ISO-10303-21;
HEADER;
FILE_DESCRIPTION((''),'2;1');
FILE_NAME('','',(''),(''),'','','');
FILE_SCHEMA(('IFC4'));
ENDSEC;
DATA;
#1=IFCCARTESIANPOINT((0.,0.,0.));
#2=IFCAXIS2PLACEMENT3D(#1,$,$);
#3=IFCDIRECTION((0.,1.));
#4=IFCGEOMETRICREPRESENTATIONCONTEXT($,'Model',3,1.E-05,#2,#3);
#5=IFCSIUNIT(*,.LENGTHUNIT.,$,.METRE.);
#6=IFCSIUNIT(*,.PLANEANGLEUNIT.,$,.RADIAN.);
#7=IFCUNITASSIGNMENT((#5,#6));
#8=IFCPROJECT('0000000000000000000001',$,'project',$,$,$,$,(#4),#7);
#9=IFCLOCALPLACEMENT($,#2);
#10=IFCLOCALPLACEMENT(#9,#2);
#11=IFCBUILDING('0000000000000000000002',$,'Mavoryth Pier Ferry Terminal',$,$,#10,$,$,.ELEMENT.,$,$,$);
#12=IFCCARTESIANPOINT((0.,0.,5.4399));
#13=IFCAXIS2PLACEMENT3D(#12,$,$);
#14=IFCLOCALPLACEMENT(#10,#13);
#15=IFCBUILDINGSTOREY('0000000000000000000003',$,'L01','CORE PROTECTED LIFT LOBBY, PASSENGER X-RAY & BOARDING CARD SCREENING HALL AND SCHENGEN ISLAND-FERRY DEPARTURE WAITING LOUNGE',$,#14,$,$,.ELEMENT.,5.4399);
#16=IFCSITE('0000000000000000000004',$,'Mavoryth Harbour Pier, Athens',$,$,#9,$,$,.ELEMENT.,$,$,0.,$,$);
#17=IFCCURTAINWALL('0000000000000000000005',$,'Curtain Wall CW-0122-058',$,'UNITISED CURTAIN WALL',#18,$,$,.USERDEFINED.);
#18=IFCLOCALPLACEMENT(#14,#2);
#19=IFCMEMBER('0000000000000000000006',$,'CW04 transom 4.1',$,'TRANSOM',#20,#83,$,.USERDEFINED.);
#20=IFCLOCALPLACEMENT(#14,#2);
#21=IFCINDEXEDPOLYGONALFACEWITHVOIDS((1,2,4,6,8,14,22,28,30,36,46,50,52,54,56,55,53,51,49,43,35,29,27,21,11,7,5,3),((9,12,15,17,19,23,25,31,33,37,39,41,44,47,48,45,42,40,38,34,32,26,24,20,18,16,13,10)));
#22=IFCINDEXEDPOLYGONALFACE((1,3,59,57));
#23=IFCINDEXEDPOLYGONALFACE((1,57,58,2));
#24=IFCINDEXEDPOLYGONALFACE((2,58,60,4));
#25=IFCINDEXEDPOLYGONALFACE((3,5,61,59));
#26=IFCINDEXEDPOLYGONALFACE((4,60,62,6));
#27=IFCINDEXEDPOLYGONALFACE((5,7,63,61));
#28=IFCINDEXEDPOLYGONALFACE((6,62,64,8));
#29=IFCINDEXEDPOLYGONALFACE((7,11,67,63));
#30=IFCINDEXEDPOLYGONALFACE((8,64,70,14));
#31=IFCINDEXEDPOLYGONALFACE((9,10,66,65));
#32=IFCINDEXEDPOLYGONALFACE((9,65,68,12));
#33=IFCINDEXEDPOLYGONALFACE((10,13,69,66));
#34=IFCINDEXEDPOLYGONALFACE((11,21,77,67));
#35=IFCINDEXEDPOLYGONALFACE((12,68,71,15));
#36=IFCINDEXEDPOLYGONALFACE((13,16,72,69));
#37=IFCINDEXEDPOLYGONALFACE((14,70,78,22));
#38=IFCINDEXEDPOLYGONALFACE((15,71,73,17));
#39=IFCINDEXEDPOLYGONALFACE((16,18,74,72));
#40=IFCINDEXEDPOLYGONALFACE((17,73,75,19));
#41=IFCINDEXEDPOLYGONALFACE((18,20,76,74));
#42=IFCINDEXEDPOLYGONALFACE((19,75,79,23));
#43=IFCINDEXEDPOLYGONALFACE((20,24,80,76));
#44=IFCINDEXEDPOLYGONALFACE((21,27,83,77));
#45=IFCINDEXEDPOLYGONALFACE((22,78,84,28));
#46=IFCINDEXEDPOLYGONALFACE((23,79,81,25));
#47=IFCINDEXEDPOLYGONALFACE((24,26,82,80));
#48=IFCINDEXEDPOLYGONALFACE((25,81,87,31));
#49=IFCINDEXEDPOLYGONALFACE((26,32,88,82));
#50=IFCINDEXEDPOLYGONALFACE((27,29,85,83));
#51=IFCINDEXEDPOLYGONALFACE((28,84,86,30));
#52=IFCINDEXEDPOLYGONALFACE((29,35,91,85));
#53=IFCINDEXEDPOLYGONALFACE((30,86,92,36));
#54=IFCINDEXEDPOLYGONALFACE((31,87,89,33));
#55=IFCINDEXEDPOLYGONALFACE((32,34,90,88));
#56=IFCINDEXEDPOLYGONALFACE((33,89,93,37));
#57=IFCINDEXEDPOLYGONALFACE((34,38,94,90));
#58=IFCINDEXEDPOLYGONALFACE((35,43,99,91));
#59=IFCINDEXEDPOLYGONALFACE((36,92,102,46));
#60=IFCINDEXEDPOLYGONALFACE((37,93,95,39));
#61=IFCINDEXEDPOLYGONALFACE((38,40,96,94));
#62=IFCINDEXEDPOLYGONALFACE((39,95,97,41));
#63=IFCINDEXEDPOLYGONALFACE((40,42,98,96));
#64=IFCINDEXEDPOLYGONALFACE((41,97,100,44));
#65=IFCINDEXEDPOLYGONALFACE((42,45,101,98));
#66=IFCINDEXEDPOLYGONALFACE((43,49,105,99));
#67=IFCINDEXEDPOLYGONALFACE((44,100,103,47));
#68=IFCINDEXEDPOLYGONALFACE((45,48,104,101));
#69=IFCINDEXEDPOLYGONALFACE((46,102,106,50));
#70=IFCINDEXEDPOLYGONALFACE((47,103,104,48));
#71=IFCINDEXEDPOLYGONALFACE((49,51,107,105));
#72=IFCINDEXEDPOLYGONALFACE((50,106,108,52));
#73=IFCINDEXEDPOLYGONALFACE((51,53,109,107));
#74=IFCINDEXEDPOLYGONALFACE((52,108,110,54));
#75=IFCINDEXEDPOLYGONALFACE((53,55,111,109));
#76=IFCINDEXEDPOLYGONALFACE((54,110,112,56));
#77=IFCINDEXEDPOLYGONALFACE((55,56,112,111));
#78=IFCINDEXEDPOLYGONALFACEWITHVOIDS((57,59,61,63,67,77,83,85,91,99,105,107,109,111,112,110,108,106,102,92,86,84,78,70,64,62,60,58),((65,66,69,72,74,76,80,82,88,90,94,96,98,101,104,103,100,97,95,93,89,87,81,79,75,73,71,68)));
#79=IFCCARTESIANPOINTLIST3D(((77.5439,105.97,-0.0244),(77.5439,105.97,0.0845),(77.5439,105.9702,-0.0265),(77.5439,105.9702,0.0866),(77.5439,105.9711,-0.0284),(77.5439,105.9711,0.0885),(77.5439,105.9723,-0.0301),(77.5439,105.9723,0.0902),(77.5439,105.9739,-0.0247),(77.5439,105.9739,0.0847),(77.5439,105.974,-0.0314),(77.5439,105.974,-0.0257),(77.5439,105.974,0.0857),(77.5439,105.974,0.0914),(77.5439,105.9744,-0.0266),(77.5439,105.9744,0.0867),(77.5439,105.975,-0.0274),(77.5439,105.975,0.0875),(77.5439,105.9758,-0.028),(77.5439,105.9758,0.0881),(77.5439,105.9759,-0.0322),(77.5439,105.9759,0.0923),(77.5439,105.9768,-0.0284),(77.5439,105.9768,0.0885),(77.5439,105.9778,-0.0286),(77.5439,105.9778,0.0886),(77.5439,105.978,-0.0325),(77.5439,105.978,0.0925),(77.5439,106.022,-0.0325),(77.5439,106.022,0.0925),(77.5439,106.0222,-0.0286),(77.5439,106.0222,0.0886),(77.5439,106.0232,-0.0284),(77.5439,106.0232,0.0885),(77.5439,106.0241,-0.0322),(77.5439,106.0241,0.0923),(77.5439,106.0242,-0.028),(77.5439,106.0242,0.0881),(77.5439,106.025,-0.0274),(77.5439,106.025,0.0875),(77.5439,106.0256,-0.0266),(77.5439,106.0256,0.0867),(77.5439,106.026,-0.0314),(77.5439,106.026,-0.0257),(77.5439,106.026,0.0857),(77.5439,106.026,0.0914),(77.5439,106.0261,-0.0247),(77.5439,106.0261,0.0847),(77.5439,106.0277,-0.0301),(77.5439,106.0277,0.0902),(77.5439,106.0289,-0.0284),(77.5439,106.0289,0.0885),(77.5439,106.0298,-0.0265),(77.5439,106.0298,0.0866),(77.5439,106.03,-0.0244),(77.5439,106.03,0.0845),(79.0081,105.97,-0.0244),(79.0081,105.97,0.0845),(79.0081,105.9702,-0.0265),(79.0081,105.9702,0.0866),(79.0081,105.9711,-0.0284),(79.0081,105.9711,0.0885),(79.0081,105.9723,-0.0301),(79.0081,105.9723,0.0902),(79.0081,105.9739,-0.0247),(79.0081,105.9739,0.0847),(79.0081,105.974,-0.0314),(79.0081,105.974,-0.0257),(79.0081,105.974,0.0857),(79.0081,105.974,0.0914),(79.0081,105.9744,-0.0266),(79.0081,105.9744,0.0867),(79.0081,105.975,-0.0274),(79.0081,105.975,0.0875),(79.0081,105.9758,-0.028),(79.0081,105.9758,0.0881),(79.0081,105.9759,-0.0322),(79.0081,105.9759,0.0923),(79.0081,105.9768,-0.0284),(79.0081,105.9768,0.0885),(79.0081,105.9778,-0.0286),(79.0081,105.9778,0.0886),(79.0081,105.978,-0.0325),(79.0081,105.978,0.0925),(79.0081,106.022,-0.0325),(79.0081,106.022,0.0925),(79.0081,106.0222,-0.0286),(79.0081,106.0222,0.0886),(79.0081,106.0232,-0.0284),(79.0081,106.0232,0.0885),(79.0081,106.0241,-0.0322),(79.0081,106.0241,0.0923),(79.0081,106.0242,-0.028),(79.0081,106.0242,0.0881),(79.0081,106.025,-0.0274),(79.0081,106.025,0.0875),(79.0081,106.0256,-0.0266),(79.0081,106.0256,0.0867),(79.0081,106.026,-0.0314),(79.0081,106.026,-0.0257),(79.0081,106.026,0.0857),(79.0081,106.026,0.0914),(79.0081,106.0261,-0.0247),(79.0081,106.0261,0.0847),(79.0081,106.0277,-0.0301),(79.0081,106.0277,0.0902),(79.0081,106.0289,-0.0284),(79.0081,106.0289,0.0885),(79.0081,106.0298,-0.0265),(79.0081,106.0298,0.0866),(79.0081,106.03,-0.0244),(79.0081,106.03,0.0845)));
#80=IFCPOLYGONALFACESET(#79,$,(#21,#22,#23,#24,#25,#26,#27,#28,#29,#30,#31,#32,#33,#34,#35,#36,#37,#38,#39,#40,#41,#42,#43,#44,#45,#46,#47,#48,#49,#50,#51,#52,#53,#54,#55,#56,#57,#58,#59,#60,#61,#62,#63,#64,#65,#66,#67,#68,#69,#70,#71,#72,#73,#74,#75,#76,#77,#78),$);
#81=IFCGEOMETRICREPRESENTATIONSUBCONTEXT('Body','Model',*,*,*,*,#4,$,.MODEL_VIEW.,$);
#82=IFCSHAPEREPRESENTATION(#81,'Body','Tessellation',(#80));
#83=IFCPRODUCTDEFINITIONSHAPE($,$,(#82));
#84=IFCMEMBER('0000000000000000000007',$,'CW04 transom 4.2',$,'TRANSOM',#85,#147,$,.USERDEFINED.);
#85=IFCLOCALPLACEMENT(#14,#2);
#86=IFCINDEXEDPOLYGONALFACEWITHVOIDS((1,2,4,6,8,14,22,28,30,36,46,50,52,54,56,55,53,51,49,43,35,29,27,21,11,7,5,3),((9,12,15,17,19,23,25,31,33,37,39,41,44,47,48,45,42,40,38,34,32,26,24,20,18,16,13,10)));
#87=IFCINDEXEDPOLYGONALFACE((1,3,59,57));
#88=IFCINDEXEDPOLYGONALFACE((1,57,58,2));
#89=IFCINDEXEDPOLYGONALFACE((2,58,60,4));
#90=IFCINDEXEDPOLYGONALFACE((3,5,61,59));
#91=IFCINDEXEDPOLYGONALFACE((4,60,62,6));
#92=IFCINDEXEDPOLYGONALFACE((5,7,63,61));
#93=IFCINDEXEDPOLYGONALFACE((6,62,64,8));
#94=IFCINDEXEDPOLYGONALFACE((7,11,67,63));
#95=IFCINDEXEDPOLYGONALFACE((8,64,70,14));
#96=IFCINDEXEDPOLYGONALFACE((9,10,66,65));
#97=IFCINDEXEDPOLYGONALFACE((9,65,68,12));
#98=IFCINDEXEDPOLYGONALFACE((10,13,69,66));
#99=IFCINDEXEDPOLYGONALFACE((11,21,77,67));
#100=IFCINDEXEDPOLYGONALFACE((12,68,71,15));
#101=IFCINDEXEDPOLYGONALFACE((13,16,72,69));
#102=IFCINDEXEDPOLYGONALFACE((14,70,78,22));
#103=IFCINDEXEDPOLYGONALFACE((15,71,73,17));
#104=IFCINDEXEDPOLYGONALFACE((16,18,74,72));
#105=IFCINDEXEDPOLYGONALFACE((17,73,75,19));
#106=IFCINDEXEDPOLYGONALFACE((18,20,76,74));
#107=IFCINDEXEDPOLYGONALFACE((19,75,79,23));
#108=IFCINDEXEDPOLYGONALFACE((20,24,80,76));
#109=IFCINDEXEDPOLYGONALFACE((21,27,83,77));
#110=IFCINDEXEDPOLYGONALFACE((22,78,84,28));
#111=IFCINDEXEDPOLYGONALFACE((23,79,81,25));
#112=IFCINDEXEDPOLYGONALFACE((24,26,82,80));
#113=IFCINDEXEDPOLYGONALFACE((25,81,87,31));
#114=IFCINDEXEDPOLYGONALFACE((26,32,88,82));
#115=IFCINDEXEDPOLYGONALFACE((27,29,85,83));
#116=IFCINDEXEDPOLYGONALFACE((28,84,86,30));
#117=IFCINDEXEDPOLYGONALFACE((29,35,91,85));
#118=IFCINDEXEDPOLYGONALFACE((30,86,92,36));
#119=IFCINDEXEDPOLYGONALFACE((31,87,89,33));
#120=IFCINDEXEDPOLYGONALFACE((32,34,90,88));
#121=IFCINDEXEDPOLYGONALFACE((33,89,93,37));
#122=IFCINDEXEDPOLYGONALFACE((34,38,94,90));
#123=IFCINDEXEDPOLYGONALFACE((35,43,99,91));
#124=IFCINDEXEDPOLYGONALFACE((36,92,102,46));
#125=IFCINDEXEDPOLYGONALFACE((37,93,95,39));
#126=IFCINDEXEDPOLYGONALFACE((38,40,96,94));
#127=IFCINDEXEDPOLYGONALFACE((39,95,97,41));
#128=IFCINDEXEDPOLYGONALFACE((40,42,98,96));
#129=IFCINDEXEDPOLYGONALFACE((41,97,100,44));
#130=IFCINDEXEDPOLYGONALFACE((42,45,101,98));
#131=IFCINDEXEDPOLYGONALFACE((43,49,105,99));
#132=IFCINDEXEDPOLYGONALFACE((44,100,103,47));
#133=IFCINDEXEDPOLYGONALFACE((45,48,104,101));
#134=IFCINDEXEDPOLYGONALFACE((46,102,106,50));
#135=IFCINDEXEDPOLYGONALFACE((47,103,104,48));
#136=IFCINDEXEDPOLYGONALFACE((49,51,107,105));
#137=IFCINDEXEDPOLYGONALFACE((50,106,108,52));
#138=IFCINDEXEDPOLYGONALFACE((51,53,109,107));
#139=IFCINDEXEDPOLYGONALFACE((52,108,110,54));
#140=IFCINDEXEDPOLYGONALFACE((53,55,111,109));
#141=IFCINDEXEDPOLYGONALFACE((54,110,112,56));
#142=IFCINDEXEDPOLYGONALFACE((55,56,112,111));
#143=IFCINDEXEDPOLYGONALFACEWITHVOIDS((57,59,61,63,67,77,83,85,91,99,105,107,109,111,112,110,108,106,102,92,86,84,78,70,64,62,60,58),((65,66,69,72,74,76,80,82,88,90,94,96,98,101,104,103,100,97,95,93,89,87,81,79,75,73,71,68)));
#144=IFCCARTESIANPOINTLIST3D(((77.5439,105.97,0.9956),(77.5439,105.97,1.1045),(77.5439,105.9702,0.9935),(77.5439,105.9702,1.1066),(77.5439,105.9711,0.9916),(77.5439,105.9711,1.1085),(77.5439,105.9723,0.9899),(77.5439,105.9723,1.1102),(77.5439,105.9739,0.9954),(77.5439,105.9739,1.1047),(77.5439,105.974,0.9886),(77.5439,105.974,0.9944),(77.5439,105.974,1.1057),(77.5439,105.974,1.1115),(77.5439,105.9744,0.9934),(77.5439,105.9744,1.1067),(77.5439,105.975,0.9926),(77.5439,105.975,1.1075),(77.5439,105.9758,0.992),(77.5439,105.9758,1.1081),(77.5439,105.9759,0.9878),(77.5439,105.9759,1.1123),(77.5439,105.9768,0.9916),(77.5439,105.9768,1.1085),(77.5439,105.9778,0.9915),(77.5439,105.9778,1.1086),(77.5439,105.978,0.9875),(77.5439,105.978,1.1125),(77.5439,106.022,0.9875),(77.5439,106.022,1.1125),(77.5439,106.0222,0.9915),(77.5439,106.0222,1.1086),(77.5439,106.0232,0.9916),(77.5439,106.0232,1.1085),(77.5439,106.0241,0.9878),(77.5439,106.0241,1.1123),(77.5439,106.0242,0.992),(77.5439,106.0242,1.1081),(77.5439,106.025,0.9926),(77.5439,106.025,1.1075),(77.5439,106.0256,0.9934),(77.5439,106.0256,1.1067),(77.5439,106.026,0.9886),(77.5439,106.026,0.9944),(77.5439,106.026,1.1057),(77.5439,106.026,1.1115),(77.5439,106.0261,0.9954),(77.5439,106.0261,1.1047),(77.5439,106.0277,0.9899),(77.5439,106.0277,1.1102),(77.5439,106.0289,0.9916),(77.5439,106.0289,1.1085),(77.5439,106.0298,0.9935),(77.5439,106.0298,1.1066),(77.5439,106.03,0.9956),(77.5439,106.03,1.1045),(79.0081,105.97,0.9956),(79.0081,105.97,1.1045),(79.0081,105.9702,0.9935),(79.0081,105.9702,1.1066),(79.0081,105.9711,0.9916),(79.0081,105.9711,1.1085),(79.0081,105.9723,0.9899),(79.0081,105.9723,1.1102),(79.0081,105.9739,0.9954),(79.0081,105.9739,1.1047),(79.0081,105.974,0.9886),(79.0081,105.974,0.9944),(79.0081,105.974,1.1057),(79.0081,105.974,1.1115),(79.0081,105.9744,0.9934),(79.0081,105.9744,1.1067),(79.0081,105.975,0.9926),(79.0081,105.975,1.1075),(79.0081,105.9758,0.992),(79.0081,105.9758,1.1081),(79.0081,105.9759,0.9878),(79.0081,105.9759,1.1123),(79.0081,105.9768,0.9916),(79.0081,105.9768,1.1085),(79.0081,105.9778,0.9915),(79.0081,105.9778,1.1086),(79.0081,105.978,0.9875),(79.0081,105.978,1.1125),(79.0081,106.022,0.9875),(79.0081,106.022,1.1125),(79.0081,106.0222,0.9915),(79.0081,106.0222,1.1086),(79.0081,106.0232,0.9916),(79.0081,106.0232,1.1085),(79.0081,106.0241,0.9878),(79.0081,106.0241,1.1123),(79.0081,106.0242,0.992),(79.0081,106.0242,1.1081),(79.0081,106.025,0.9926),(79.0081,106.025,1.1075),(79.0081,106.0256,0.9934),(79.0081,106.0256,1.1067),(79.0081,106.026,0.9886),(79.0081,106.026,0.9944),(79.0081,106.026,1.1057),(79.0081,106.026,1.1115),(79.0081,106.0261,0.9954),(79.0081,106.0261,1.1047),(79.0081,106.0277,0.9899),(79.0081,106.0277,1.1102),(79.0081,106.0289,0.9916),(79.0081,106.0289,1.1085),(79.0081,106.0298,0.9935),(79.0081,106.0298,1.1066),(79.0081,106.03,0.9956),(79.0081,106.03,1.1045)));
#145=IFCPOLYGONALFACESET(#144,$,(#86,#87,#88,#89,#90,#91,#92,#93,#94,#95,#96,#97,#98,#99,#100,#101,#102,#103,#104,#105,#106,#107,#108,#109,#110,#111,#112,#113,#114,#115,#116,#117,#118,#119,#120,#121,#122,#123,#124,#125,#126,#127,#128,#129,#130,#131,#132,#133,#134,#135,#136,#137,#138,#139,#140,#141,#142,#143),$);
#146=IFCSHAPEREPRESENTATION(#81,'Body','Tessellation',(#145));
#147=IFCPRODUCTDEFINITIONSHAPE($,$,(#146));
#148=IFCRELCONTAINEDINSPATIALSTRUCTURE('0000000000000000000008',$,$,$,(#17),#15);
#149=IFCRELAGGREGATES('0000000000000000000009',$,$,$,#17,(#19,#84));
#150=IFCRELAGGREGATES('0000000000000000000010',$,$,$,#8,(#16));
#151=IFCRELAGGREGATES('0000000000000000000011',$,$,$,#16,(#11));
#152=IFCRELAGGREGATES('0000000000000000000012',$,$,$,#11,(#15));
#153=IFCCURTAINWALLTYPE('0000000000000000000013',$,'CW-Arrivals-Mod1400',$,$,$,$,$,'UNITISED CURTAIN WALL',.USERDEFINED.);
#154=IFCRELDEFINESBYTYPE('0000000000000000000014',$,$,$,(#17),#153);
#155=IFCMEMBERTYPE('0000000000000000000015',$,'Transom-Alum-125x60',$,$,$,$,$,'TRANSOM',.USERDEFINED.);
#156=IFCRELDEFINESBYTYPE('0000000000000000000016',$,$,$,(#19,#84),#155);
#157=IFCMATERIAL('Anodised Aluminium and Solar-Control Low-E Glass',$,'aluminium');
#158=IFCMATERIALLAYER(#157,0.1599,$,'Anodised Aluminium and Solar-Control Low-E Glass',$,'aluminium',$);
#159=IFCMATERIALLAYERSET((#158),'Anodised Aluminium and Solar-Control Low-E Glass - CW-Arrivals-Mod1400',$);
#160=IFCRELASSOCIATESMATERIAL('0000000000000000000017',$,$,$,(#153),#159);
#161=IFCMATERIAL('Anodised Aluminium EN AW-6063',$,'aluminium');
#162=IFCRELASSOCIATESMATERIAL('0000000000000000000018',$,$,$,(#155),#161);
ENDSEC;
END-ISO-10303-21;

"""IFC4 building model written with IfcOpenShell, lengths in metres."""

from ifc_helpers import new_model, si_unit, direction, frame, origin, origin_2d, place, context, subcontext, project, spatial, hollow_rectangle, extrude, material, layer, layer_set, material_profile, profile_set, type_object, element, aggregate, save


model = new_model("IFC4")

# Units and contexts
model_context = context("Model", 3, precision=1e-05, world=origin(), true_north=direction((0.0, 1.0)))
body_context = subcontext(model_context, "Body", "Model", "MODEL_VIEW")
ifc_project = project(units=[si_unit("LENGTHUNIT", "METRE"), si_unit("PLANEANGLEUNIT", "RADIAN")], contexts=[model_context])

# Site, building, storey
site_placement = place(None, origin())
site = spatial("IfcSite", under=ifc_project, at=site_placement, Name="Mavoryth Harbour Pier, Athens", CompositionType="ELEMENT", RefElevation=0.0)
building_placement = place(site_placement, origin())
building = spatial("IfcBuilding", under=site, at=building_placement, Name="Mavoryth Pier Ferry Terminal", CompositionType="ELEMENT")
storey_placement = place(building_placement, frame((0.0, 0.0, 5.4399)))
storey = spatial("IfcBuildingStorey", under=building, at=storey_placement, Name="L01", Description="CORE PROTECTED LIFT LOBBY, PASSENGER X-RAY & BOARDING CARD SCREENING HALL AND SCHENGEN ISLAND-FERRY DEPARTURE WAITING LOUNGE", CompositionType="ELEMENT", Elevation=5.4399)

# Curtain wall
ifc_material_1 = material(Name="Anodised Aluminium and Solar-Control Low-E Glass", Category="aluminium")
ifc_layer_1 = layer(ifc_material_1, 0.1599, Name="Anodised Aluminium and Solar-Control Low-E Glass", Category="aluminium")
ifc_layer_set_1 = layer_set([ifc_layer_1], Name="Anodised Aluminium and Solar-Control Low-E Glass - CW-Arrivals-Mod1400")
curtain_wall_type = type_object("IfcCurtainWallType", Name="CW-Arrivals-Mod1400", ElementType="UNITISED CURTAIN WALL", PredefinedType="USERDEFINED", material=ifc_layer_set_1)
ifc_material_2 = material(Name="Anodised Aluminium EN AW-6063", Category="aluminium")
curtain_wall_1_placement = place(storey_placement, origin())
curtain_wall_1 = element("IfcCurtainWall", 1, at=curtain_wall_1_placement, inside=storey, type_object=curtain_wall_type, Name="Curtain Wall CW-0122-058", ObjectType="UNITISED CURTAIN WALL", PredefinedType="USERDEFINED")

# Members
ifc_material_profile_1 = material_profile(ifc_material_2, hollow_rectangle(XDim=0.0601, YDim=0.125, WallThickness=0.0039, InnerFilletRadius=0.0039, OuterFilletRadius=0.0081, at=origin_2d()), Name="AL-TRAN 125x60x4", Category="aluminium")
ifc_profile_set_1 = profile_set([ifc_material_profile_1], Name="Anodised Aluminium EN AW-6063 - AL-TRAN 125x60x4")
member_type_1 = type_object("IfcMemberType", Name="Transom-Alum-125x60", ElementType="TRANSOM", PredefinedType="USERDEFINED", material=ifc_profile_set_1)
member_1_placement = place(storey_placement, frame((79.0081, 106.0, 0.03), z_axis=(-1.0, 0.0, 0.0), x_axis=(0.0, -1.0, 0.0)))
member_1 = element("IfcMember", 2, at=member_1_placement, type_object=member_type_1, Name="CW04 transom 4.1", ObjectType="TRANSOM", PredefinedType="USERDEFINED", context=body_context, shape_type="SweptSolid", body=[
    extrude(hollow_rectangle(XDim=0.0601, YDim=0.125, WallThickness=0.0039, InnerFilletRadius=0.0039, OuterFilletRadius=0.0081, at=origin_2d()), origin(), (0.0, 0.0, 1.0), 1.4641),
])
member_2_placement = place(storey_placement, frame((79.0081, 106.0, 1.05), z_axis=(-1.0, 0.0, 0.0), x_axis=(0.0, -1.0, 0.0)))
member_2 = element("IfcMember", 3, at=member_2_placement, type_object=member_type_1, Name="CW04 transom 4.2", ObjectType="TRANSOM", PredefinedType="USERDEFINED", context=body_context, shape_type="SweptSolid", body=[
    extrude(hollow_rectangle(XDim=0.0601, YDim=0.125, WallThickness=0.0039, InnerFilletRadius=0.0039, OuterFilletRadius=0.0081, at=origin_2d()), origin(), (0.0, 0.0, 1.0), 1.4641),
])

aggregate(curtain_wall_1, [member_1, member_2])

save(model, "model.ifc")
